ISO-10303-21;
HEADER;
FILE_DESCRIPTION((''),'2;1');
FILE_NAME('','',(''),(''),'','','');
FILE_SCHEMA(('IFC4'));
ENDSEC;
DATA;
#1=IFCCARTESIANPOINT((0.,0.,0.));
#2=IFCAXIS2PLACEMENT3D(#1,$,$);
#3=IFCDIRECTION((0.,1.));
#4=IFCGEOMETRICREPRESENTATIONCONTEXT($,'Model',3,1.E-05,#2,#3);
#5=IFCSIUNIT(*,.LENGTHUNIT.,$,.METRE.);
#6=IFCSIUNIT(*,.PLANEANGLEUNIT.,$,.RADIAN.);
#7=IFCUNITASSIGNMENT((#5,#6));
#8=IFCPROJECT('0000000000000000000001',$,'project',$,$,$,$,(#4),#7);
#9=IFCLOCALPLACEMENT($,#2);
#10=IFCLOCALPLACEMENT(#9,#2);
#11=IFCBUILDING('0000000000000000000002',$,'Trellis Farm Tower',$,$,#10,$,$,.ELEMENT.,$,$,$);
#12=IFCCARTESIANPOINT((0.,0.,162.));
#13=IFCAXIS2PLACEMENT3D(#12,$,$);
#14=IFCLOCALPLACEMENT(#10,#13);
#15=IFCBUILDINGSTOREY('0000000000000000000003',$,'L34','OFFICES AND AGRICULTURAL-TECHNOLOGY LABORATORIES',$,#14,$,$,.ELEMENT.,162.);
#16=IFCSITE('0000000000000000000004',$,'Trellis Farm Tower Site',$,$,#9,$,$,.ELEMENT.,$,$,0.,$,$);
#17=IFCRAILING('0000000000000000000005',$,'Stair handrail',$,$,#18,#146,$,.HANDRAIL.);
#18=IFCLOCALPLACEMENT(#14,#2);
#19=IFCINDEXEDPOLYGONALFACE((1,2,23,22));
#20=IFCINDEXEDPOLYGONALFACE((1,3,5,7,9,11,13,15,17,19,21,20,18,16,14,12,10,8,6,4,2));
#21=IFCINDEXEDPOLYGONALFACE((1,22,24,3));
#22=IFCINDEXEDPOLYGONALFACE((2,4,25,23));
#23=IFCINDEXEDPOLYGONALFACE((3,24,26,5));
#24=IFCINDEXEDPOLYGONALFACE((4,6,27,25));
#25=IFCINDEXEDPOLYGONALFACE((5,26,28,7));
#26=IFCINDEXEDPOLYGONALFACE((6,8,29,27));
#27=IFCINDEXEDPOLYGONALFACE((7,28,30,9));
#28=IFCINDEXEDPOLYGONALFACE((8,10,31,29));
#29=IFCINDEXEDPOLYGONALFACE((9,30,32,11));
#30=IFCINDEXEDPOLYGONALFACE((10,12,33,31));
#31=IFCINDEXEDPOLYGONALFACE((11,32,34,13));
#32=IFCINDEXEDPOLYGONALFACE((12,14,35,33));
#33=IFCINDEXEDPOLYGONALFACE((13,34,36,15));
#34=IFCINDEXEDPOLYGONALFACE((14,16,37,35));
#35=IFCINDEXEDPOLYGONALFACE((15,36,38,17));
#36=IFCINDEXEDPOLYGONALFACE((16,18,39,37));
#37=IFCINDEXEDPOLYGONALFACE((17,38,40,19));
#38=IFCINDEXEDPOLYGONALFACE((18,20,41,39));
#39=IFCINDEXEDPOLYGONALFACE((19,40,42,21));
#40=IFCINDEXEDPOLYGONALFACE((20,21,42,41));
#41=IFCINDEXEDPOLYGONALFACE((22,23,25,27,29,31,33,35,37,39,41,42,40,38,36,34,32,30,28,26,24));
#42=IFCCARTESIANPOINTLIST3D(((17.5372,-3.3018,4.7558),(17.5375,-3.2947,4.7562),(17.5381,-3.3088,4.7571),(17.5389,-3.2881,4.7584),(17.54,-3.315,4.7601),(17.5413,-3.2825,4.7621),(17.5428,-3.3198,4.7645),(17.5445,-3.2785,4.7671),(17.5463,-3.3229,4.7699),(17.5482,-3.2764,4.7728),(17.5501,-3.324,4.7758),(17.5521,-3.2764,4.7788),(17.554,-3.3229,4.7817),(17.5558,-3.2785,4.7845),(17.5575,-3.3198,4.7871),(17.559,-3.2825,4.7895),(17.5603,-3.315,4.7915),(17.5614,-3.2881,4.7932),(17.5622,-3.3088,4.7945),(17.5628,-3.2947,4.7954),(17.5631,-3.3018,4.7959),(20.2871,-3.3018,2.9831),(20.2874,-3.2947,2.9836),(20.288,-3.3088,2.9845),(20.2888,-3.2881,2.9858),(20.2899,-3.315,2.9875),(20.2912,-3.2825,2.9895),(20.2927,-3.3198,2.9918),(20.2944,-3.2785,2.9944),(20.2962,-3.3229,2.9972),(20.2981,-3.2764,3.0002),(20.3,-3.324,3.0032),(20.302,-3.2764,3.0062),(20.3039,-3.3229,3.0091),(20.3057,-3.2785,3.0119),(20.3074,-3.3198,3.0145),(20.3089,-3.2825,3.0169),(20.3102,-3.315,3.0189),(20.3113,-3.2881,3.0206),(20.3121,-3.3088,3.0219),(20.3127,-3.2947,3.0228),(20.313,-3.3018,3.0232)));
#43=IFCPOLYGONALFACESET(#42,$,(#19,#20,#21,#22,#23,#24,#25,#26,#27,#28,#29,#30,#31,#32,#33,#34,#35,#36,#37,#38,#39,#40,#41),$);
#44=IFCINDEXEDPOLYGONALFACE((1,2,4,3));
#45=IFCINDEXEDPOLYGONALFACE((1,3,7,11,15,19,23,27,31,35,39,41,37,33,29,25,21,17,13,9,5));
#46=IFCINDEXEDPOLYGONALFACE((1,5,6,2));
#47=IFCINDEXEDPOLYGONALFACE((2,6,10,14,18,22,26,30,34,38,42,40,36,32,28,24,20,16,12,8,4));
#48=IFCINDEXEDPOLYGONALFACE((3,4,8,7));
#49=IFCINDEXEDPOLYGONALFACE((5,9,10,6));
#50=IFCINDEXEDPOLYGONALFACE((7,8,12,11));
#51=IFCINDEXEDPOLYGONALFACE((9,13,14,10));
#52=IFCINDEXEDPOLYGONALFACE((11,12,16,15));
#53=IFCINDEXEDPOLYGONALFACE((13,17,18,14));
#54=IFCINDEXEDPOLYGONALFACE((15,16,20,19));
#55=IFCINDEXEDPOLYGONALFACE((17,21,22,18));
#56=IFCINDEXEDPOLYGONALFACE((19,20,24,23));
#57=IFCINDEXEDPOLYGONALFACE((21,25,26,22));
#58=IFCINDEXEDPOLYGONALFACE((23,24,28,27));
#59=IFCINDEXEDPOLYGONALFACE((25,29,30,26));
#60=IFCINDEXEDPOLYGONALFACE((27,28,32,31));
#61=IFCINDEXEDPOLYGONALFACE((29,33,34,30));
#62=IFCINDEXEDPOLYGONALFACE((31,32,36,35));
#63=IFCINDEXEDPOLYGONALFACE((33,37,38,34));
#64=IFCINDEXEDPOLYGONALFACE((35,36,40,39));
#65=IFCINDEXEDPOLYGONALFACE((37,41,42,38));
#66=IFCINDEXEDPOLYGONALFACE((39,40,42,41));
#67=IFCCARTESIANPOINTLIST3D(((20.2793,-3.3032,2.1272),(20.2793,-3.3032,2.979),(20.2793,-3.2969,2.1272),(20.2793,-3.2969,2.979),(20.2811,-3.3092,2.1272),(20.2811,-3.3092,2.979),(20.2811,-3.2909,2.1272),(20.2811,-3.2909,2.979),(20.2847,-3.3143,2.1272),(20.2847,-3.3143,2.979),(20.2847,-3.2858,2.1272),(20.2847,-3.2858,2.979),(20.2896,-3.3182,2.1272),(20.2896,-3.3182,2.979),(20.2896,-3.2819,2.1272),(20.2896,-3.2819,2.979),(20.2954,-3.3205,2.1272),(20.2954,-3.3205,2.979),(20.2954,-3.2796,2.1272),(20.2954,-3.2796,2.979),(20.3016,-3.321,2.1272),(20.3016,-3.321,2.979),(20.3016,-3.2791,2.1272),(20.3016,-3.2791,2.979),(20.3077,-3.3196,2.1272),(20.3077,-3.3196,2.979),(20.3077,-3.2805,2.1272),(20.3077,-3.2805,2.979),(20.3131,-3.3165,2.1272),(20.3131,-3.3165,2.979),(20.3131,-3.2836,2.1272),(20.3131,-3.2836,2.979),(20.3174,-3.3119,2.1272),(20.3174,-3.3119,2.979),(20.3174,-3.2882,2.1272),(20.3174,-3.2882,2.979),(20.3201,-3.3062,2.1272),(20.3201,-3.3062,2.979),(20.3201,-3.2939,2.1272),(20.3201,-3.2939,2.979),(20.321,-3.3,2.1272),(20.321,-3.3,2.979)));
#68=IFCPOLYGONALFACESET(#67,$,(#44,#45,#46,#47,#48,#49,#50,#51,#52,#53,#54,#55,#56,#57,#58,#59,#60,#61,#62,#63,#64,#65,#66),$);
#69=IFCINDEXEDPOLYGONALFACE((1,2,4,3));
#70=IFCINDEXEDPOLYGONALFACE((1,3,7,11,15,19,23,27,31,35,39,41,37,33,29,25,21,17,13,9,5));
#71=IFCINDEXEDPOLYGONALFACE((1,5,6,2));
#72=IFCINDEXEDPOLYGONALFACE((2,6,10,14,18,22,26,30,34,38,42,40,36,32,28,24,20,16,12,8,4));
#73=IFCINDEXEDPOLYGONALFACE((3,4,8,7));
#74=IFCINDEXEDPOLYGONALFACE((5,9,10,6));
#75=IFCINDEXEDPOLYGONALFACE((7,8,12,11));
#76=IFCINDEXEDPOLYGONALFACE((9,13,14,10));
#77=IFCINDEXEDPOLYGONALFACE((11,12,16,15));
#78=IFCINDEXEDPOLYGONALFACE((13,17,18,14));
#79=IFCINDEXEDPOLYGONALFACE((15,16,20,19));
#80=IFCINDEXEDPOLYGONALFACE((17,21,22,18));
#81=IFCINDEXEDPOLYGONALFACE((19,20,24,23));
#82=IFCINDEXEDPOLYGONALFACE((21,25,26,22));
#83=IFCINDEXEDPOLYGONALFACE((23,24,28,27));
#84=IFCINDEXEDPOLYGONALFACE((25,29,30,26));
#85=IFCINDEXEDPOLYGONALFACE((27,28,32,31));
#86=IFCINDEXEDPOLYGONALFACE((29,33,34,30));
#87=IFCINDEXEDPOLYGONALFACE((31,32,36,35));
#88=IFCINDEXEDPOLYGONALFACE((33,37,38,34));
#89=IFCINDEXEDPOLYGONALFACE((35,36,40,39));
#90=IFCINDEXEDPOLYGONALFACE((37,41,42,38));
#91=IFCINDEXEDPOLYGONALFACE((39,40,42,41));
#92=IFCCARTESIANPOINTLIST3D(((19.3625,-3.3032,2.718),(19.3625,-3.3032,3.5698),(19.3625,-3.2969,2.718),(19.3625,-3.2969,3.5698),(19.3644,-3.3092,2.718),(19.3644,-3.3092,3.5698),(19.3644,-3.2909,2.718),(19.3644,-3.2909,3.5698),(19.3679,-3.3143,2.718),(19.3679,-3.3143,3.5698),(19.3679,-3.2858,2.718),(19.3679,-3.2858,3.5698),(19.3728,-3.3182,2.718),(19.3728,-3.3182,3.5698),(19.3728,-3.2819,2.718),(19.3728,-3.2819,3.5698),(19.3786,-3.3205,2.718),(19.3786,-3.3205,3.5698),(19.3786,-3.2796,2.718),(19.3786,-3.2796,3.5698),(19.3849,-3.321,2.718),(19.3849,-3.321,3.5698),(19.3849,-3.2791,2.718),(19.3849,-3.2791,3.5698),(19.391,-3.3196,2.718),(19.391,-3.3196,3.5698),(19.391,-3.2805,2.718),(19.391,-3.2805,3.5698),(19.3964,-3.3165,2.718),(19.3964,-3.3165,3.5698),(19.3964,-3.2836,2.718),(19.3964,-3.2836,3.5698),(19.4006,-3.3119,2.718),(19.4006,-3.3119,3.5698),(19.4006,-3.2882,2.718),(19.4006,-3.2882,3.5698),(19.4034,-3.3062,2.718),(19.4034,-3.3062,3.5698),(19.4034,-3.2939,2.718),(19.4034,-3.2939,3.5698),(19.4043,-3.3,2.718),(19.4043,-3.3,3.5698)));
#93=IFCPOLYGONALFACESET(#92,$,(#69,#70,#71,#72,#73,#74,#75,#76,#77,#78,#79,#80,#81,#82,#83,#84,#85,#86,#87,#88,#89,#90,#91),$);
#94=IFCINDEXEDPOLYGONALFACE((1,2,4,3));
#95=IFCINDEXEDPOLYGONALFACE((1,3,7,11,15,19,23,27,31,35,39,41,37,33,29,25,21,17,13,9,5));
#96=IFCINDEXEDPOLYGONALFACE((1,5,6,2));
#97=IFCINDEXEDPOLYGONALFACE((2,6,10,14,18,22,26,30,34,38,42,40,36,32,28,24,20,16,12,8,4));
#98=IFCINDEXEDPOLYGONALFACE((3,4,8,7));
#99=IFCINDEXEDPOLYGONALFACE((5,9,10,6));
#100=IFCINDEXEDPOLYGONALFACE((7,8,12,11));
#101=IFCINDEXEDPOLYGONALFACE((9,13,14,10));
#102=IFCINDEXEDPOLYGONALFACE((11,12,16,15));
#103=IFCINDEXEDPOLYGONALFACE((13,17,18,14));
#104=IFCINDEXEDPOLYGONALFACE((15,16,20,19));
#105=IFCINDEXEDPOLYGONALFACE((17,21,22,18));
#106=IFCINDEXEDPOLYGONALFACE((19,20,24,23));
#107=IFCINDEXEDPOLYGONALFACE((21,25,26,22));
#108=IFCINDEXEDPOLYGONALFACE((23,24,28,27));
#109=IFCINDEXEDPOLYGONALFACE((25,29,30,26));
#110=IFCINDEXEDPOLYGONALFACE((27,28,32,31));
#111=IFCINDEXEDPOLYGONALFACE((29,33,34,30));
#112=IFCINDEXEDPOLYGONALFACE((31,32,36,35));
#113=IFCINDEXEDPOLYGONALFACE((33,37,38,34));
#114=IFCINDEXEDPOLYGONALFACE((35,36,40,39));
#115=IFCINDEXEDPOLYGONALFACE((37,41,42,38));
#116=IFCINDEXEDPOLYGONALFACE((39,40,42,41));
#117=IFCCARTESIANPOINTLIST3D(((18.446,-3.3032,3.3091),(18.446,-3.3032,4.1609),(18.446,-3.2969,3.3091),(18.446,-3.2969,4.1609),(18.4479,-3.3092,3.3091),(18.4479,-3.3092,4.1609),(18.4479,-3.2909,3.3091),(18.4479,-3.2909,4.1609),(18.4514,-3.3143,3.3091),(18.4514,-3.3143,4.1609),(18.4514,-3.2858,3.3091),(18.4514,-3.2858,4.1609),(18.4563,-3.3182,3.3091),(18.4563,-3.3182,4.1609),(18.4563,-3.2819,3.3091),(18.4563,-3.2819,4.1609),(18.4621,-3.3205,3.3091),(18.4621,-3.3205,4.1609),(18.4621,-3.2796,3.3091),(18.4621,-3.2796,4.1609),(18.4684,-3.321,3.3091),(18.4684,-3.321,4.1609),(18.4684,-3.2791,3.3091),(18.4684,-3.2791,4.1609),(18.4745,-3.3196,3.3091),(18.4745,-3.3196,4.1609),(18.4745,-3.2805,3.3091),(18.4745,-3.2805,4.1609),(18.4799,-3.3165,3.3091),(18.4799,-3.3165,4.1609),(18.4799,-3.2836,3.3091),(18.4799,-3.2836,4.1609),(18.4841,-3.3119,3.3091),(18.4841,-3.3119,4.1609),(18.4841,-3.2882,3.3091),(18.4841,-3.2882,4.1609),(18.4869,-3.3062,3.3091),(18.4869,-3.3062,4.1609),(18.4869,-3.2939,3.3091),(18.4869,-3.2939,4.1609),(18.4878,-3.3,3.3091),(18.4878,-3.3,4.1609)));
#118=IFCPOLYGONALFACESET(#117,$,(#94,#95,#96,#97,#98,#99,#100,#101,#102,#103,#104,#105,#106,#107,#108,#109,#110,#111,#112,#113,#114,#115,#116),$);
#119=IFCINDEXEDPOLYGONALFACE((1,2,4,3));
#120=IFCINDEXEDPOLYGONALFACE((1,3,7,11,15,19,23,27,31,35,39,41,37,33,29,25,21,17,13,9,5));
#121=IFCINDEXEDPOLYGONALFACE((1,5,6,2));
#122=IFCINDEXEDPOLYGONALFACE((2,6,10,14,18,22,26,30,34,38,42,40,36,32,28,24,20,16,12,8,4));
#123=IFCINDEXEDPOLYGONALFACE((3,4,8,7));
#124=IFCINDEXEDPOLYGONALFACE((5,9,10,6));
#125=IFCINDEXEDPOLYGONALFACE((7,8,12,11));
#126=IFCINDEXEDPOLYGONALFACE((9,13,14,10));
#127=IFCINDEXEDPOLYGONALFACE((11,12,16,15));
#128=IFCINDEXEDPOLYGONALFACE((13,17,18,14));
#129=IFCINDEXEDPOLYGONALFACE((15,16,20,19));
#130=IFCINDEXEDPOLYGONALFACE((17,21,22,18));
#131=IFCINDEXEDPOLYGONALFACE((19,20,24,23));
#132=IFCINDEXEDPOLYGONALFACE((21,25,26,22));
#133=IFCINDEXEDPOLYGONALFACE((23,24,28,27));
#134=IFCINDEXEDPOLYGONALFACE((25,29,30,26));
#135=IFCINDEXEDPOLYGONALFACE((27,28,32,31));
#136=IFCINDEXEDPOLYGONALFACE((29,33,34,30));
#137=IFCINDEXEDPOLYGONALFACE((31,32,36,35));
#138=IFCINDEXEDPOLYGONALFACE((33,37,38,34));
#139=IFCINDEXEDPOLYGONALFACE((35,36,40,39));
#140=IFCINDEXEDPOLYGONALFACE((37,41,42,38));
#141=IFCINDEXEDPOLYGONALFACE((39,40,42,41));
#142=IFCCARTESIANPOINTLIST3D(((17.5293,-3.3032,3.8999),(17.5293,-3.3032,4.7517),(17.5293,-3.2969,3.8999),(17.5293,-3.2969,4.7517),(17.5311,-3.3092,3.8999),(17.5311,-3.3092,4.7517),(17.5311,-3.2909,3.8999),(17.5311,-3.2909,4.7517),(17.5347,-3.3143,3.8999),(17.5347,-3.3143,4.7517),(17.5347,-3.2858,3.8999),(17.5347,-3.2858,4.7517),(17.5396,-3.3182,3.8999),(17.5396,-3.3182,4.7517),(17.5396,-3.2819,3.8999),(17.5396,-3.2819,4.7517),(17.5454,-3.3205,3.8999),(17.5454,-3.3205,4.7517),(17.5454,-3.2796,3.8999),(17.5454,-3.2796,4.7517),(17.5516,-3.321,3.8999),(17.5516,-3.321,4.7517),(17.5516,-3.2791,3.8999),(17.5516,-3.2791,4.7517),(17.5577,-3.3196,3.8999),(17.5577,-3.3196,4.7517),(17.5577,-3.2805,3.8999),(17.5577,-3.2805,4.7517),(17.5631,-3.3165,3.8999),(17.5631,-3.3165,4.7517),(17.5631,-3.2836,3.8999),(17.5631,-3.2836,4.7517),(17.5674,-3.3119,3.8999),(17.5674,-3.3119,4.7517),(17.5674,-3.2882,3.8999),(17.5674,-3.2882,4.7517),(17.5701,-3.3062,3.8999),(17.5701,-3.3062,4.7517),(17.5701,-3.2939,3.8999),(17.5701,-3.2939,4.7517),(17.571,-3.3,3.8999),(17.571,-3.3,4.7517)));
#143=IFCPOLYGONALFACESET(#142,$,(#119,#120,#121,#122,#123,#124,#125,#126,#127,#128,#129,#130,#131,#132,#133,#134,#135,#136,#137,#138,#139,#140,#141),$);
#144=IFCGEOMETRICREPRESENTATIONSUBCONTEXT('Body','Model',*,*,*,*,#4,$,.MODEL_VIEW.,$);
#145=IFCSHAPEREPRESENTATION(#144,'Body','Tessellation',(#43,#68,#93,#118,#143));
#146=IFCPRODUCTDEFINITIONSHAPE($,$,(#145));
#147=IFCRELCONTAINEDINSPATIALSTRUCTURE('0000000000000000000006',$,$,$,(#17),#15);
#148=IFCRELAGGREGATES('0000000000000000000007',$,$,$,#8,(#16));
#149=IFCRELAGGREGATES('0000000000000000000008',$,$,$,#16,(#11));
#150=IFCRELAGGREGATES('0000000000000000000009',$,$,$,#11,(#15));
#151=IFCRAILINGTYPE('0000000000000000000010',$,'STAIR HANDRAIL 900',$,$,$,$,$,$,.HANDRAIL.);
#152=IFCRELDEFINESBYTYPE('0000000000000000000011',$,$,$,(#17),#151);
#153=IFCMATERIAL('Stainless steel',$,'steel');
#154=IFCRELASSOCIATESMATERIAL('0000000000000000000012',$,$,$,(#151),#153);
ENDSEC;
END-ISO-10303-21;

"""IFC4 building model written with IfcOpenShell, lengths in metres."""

from ifc_helpers import new_model, si_unit, direction, frame, origin, origin_2d, place, context, subcontext, project, spatial, circle, extrude, source, transform, mapped, material, type_object, element, save


model = new_model("IFC4")

# Units and contexts
model_context = context("Model", 3, precision=1e-05, world=origin(), true_north=direction((0.0, 1.0)))
body_context = subcontext(model_context, "Body", "Model", "MODEL_VIEW")
ifc_project = project(units=[si_unit("LENGTHUNIT", "METRE"), si_unit("PLANEANGLEUNIT", "RADIAN")], contexts=[model_context])

# Site, building, storey
site_placement = place(None, origin())
site = spatial("IfcSite", under=ifc_project, at=site_placement, Name="Trellis Farm Tower Site", CompositionType="ELEMENT", RefElevation=0.0)
building_placement = place(site_placement, origin())
building = spatial("IfcBuilding", under=site, at=building_placement, Name="Trellis Farm Tower", CompositionType="ELEMENT")
storey_placement = place(building_placement, frame((0.0, 0.0, 162.0)))
storey = spatial("IfcBuildingStorey", under=building, at=storey_placement, Name="L34", Description="OFFICES AND AGRICULTURAL-TECHNOLOGY LABORATORIES", CompositionType="ELEMENT", Elevation=162.0)

# Railing
ifc_material_1 = material(Name="Stainless steel", Category="steel")
railing_type = type_object("IfcRailingType", Name="STAIR HANDRAIL 900", PredefinedType="HANDRAIL", material=ifc_material_1)
shared_shape_1 = source(origin(), body_context, "Body", "SweptSolid", [
    extrude(circle(Radius=0.0239, at=origin_2d()), frame((0.0, 0.0, 0.876), z_axis=(-0.840504, 0.0, 0.541806), x_axis=(0.0, -1.0, 0.0)), (0.0, 0.0, 1.0), 3.2717),
    extrude(circle(Radius=0.021, at=origin_2d()), origin(), (0.0, 0.0, 1.0), 0.8518),
    extrude(circle(Radius=0.021, at=origin_2d()), frame((-0.9167, 0.0, 0.5908)), (0.0, 0.0, 1.0), 0.8518),
    extrude(circle(Radius=0.021, at=origin_2d()), frame((-1.8333, 0.0, 1.1819)), (0.0, 0.0, 1.0), 0.8518),
    extrude(circle(Radius=0.021, at=origin_2d()), frame((-2.75, 0.0, 1.7727)), (0.0, 0.0, 1.0), 0.8518),
])
for number, where, name in (
    (1, (20.3, -3.3, 2.1272), "Stair handrail"),
):
    element("IfcRailing", number, at=place(storey_placement, frame(where)), inside=storey, type_object=railing_type, Name=name, PredefinedType="HANDRAIL", context=body_context, shape_type="MappedRepresentation", body=[
        mapped(shared_shape_1, transform((0.0, 0.0, 0.0))),
    ])

save(model, "model.ifc")
